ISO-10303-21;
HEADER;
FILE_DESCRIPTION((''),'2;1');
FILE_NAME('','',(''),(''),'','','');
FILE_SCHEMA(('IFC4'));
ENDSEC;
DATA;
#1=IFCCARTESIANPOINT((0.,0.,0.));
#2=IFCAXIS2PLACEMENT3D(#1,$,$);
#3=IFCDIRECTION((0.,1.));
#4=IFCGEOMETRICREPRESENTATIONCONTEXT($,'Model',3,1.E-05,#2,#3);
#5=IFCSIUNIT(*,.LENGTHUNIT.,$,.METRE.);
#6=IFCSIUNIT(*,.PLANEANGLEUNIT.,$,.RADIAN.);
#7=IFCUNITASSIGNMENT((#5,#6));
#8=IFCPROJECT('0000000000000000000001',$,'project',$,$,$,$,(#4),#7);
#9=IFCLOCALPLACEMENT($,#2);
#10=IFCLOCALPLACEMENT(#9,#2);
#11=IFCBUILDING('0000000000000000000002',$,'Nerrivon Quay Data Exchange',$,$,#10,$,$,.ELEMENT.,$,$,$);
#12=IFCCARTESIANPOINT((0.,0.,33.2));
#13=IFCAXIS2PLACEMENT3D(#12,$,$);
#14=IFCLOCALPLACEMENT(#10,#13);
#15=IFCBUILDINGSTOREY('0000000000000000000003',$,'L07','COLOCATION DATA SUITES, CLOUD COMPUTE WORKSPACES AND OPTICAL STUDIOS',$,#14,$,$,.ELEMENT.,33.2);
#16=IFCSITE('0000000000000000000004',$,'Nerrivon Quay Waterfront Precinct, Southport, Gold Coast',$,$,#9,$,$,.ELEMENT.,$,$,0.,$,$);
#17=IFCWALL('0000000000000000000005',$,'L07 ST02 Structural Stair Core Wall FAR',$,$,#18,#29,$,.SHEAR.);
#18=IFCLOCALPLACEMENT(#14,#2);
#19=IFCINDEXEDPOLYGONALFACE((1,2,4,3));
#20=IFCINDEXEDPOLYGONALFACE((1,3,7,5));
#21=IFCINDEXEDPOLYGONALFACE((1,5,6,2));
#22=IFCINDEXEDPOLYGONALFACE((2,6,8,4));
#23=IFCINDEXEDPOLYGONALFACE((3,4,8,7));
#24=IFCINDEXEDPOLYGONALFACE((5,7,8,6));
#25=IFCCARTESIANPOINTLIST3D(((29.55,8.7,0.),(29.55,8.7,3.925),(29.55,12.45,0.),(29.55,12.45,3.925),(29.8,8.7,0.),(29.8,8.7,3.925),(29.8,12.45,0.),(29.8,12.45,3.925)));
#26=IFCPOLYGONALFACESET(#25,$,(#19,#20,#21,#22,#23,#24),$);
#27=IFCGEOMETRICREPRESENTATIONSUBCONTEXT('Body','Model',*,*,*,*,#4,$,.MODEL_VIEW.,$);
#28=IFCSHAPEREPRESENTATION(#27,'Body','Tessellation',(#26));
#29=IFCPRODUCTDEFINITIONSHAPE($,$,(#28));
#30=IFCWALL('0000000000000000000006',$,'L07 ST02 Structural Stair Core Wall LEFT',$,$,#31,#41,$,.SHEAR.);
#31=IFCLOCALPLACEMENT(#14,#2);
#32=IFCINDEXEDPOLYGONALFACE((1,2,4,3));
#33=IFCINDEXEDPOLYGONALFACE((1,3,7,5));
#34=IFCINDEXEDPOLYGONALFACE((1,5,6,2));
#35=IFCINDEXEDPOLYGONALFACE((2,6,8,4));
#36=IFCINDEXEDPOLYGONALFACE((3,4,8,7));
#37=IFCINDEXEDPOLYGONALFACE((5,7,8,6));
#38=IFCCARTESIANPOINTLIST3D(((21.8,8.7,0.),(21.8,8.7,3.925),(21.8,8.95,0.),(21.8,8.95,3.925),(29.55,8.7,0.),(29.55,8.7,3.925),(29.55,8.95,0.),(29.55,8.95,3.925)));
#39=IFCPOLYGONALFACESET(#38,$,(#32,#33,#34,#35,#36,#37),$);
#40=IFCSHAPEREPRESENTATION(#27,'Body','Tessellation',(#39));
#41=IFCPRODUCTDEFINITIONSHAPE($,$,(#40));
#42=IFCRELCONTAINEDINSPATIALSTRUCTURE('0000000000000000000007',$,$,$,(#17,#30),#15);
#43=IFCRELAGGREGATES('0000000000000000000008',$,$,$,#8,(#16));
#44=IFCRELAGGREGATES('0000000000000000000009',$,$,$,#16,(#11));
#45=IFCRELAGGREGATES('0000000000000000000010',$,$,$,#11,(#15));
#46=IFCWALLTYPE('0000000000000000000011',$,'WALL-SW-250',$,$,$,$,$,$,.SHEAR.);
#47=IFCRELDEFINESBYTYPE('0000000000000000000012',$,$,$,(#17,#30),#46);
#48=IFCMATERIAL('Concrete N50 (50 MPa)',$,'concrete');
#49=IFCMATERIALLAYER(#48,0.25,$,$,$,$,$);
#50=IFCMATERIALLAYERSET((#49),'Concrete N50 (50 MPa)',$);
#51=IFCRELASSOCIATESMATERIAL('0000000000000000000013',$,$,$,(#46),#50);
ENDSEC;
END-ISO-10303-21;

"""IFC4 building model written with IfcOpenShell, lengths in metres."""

from ifc_helpers import new_model, si_unit, direction, frame, frame_2d, origin, place, context, subcontext, project, spatial, rectangle, extrude, material, layer, layer_set, type_object, element, save


model = new_model("IFC4")

# Units and contexts
model_context = context("Model", 3, precision=1e-05, world=origin(), true_north=direction((0.0, 1.0)))
body_context = subcontext(model_context, "Body", "Model", "MODEL_VIEW")
ifc_project = project(units=[si_unit("LENGTHUNIT", "METRE"), si_unit("PLANEANGLEUNIT", "RADIAN")], contexts=[model_context])

# Site, building, storey
site_placement = place(None, origin())
site = spatial("IfcSite", under=ifc_project, at=site_placement, Name="Nerrivon Quay Waterfront Precinct, Southport, Gold Coast", CompositionType="ELEMENT", RefElevation=0.0)
building_placement = place(site_placement, origin())
building = spatial("IfcBuilding", under=site, at=building_placement, Name="Nerrivon Quay Data Exchange", CompositionType="ELEMENT")
storey_placement = place(building_placement, frame((0.0, 0.0, 33.2)))
storey = spatial("IfcBuildingStorey", under=building, at=storey_placement, Name="L07", Description="COLOCATION DATA SUITES, CLOUD COMPUTE WORKSPACES AND OPTICAL STUDIOS", CompositionType="ELEMENT", Elevation=33.2)

# Shared definitions
ifc_material_1 = material(Name="Concrete N50 (50 MPa)", Category="concrete")

# Walls
ifc_layer_1 = layer(ifc_material_1, 0.25)
ifc_layer_set_1 = layer_set([ifc_layer_1], Name="Concrete N50 (50 MPa)")
wall_type_1 = type_object("IfcWallType", Name="WALL-SW-250", PredefinedType="SHEAR", material=ifc_layer_set_1)
for number, where, z_axis, x_axis, name in (
    (1, (29.675, 8.7, 0.0), (0.0, 0.0, 1.0), (0.0, 1.0, 0.0), "L07 ST02 Structural Stair Core Wall FAR"),
):
    element("IfcWall", number, at=place(storey_placement, frame(where, z_axis=z_axis, x_axis=x_axis)), inside=storey, type_object=wall_type_1, Name=name, PredefinedType="SHEAR", context=body_context, shape_type="SweptSolid", body=[
        extrude(rectangle(XDim=3.75, YDim=0.25, at=frame_2d((1.875, 0.0))), origin(), (0.0, 0.0, 1.0), 3.925),
    ])
wall_1_placement = place(storey_placement, frame((21.8, 8.825, 0.0), z_axis=(0.0, 0.0, 1.0), x_axis=(1.0, 0.0, 0.0)))
element("IfcWall", 2, at=wall_1_placement, inside=storey, type_object=wall_type_1, Name="L07 ST02 Structural Stair Core Wall LEFT", PredefinedType="SHEAR", context=body_context, shape_type="SweptSolid", body=[
    extrude(rectangle(XDim=7.75, YDim=0.25, at=frame_2d((3.875, 0.0))), origin(), (0.0, 0.0, 1.0), 3.925),
])

save(model, "model.ifc")
